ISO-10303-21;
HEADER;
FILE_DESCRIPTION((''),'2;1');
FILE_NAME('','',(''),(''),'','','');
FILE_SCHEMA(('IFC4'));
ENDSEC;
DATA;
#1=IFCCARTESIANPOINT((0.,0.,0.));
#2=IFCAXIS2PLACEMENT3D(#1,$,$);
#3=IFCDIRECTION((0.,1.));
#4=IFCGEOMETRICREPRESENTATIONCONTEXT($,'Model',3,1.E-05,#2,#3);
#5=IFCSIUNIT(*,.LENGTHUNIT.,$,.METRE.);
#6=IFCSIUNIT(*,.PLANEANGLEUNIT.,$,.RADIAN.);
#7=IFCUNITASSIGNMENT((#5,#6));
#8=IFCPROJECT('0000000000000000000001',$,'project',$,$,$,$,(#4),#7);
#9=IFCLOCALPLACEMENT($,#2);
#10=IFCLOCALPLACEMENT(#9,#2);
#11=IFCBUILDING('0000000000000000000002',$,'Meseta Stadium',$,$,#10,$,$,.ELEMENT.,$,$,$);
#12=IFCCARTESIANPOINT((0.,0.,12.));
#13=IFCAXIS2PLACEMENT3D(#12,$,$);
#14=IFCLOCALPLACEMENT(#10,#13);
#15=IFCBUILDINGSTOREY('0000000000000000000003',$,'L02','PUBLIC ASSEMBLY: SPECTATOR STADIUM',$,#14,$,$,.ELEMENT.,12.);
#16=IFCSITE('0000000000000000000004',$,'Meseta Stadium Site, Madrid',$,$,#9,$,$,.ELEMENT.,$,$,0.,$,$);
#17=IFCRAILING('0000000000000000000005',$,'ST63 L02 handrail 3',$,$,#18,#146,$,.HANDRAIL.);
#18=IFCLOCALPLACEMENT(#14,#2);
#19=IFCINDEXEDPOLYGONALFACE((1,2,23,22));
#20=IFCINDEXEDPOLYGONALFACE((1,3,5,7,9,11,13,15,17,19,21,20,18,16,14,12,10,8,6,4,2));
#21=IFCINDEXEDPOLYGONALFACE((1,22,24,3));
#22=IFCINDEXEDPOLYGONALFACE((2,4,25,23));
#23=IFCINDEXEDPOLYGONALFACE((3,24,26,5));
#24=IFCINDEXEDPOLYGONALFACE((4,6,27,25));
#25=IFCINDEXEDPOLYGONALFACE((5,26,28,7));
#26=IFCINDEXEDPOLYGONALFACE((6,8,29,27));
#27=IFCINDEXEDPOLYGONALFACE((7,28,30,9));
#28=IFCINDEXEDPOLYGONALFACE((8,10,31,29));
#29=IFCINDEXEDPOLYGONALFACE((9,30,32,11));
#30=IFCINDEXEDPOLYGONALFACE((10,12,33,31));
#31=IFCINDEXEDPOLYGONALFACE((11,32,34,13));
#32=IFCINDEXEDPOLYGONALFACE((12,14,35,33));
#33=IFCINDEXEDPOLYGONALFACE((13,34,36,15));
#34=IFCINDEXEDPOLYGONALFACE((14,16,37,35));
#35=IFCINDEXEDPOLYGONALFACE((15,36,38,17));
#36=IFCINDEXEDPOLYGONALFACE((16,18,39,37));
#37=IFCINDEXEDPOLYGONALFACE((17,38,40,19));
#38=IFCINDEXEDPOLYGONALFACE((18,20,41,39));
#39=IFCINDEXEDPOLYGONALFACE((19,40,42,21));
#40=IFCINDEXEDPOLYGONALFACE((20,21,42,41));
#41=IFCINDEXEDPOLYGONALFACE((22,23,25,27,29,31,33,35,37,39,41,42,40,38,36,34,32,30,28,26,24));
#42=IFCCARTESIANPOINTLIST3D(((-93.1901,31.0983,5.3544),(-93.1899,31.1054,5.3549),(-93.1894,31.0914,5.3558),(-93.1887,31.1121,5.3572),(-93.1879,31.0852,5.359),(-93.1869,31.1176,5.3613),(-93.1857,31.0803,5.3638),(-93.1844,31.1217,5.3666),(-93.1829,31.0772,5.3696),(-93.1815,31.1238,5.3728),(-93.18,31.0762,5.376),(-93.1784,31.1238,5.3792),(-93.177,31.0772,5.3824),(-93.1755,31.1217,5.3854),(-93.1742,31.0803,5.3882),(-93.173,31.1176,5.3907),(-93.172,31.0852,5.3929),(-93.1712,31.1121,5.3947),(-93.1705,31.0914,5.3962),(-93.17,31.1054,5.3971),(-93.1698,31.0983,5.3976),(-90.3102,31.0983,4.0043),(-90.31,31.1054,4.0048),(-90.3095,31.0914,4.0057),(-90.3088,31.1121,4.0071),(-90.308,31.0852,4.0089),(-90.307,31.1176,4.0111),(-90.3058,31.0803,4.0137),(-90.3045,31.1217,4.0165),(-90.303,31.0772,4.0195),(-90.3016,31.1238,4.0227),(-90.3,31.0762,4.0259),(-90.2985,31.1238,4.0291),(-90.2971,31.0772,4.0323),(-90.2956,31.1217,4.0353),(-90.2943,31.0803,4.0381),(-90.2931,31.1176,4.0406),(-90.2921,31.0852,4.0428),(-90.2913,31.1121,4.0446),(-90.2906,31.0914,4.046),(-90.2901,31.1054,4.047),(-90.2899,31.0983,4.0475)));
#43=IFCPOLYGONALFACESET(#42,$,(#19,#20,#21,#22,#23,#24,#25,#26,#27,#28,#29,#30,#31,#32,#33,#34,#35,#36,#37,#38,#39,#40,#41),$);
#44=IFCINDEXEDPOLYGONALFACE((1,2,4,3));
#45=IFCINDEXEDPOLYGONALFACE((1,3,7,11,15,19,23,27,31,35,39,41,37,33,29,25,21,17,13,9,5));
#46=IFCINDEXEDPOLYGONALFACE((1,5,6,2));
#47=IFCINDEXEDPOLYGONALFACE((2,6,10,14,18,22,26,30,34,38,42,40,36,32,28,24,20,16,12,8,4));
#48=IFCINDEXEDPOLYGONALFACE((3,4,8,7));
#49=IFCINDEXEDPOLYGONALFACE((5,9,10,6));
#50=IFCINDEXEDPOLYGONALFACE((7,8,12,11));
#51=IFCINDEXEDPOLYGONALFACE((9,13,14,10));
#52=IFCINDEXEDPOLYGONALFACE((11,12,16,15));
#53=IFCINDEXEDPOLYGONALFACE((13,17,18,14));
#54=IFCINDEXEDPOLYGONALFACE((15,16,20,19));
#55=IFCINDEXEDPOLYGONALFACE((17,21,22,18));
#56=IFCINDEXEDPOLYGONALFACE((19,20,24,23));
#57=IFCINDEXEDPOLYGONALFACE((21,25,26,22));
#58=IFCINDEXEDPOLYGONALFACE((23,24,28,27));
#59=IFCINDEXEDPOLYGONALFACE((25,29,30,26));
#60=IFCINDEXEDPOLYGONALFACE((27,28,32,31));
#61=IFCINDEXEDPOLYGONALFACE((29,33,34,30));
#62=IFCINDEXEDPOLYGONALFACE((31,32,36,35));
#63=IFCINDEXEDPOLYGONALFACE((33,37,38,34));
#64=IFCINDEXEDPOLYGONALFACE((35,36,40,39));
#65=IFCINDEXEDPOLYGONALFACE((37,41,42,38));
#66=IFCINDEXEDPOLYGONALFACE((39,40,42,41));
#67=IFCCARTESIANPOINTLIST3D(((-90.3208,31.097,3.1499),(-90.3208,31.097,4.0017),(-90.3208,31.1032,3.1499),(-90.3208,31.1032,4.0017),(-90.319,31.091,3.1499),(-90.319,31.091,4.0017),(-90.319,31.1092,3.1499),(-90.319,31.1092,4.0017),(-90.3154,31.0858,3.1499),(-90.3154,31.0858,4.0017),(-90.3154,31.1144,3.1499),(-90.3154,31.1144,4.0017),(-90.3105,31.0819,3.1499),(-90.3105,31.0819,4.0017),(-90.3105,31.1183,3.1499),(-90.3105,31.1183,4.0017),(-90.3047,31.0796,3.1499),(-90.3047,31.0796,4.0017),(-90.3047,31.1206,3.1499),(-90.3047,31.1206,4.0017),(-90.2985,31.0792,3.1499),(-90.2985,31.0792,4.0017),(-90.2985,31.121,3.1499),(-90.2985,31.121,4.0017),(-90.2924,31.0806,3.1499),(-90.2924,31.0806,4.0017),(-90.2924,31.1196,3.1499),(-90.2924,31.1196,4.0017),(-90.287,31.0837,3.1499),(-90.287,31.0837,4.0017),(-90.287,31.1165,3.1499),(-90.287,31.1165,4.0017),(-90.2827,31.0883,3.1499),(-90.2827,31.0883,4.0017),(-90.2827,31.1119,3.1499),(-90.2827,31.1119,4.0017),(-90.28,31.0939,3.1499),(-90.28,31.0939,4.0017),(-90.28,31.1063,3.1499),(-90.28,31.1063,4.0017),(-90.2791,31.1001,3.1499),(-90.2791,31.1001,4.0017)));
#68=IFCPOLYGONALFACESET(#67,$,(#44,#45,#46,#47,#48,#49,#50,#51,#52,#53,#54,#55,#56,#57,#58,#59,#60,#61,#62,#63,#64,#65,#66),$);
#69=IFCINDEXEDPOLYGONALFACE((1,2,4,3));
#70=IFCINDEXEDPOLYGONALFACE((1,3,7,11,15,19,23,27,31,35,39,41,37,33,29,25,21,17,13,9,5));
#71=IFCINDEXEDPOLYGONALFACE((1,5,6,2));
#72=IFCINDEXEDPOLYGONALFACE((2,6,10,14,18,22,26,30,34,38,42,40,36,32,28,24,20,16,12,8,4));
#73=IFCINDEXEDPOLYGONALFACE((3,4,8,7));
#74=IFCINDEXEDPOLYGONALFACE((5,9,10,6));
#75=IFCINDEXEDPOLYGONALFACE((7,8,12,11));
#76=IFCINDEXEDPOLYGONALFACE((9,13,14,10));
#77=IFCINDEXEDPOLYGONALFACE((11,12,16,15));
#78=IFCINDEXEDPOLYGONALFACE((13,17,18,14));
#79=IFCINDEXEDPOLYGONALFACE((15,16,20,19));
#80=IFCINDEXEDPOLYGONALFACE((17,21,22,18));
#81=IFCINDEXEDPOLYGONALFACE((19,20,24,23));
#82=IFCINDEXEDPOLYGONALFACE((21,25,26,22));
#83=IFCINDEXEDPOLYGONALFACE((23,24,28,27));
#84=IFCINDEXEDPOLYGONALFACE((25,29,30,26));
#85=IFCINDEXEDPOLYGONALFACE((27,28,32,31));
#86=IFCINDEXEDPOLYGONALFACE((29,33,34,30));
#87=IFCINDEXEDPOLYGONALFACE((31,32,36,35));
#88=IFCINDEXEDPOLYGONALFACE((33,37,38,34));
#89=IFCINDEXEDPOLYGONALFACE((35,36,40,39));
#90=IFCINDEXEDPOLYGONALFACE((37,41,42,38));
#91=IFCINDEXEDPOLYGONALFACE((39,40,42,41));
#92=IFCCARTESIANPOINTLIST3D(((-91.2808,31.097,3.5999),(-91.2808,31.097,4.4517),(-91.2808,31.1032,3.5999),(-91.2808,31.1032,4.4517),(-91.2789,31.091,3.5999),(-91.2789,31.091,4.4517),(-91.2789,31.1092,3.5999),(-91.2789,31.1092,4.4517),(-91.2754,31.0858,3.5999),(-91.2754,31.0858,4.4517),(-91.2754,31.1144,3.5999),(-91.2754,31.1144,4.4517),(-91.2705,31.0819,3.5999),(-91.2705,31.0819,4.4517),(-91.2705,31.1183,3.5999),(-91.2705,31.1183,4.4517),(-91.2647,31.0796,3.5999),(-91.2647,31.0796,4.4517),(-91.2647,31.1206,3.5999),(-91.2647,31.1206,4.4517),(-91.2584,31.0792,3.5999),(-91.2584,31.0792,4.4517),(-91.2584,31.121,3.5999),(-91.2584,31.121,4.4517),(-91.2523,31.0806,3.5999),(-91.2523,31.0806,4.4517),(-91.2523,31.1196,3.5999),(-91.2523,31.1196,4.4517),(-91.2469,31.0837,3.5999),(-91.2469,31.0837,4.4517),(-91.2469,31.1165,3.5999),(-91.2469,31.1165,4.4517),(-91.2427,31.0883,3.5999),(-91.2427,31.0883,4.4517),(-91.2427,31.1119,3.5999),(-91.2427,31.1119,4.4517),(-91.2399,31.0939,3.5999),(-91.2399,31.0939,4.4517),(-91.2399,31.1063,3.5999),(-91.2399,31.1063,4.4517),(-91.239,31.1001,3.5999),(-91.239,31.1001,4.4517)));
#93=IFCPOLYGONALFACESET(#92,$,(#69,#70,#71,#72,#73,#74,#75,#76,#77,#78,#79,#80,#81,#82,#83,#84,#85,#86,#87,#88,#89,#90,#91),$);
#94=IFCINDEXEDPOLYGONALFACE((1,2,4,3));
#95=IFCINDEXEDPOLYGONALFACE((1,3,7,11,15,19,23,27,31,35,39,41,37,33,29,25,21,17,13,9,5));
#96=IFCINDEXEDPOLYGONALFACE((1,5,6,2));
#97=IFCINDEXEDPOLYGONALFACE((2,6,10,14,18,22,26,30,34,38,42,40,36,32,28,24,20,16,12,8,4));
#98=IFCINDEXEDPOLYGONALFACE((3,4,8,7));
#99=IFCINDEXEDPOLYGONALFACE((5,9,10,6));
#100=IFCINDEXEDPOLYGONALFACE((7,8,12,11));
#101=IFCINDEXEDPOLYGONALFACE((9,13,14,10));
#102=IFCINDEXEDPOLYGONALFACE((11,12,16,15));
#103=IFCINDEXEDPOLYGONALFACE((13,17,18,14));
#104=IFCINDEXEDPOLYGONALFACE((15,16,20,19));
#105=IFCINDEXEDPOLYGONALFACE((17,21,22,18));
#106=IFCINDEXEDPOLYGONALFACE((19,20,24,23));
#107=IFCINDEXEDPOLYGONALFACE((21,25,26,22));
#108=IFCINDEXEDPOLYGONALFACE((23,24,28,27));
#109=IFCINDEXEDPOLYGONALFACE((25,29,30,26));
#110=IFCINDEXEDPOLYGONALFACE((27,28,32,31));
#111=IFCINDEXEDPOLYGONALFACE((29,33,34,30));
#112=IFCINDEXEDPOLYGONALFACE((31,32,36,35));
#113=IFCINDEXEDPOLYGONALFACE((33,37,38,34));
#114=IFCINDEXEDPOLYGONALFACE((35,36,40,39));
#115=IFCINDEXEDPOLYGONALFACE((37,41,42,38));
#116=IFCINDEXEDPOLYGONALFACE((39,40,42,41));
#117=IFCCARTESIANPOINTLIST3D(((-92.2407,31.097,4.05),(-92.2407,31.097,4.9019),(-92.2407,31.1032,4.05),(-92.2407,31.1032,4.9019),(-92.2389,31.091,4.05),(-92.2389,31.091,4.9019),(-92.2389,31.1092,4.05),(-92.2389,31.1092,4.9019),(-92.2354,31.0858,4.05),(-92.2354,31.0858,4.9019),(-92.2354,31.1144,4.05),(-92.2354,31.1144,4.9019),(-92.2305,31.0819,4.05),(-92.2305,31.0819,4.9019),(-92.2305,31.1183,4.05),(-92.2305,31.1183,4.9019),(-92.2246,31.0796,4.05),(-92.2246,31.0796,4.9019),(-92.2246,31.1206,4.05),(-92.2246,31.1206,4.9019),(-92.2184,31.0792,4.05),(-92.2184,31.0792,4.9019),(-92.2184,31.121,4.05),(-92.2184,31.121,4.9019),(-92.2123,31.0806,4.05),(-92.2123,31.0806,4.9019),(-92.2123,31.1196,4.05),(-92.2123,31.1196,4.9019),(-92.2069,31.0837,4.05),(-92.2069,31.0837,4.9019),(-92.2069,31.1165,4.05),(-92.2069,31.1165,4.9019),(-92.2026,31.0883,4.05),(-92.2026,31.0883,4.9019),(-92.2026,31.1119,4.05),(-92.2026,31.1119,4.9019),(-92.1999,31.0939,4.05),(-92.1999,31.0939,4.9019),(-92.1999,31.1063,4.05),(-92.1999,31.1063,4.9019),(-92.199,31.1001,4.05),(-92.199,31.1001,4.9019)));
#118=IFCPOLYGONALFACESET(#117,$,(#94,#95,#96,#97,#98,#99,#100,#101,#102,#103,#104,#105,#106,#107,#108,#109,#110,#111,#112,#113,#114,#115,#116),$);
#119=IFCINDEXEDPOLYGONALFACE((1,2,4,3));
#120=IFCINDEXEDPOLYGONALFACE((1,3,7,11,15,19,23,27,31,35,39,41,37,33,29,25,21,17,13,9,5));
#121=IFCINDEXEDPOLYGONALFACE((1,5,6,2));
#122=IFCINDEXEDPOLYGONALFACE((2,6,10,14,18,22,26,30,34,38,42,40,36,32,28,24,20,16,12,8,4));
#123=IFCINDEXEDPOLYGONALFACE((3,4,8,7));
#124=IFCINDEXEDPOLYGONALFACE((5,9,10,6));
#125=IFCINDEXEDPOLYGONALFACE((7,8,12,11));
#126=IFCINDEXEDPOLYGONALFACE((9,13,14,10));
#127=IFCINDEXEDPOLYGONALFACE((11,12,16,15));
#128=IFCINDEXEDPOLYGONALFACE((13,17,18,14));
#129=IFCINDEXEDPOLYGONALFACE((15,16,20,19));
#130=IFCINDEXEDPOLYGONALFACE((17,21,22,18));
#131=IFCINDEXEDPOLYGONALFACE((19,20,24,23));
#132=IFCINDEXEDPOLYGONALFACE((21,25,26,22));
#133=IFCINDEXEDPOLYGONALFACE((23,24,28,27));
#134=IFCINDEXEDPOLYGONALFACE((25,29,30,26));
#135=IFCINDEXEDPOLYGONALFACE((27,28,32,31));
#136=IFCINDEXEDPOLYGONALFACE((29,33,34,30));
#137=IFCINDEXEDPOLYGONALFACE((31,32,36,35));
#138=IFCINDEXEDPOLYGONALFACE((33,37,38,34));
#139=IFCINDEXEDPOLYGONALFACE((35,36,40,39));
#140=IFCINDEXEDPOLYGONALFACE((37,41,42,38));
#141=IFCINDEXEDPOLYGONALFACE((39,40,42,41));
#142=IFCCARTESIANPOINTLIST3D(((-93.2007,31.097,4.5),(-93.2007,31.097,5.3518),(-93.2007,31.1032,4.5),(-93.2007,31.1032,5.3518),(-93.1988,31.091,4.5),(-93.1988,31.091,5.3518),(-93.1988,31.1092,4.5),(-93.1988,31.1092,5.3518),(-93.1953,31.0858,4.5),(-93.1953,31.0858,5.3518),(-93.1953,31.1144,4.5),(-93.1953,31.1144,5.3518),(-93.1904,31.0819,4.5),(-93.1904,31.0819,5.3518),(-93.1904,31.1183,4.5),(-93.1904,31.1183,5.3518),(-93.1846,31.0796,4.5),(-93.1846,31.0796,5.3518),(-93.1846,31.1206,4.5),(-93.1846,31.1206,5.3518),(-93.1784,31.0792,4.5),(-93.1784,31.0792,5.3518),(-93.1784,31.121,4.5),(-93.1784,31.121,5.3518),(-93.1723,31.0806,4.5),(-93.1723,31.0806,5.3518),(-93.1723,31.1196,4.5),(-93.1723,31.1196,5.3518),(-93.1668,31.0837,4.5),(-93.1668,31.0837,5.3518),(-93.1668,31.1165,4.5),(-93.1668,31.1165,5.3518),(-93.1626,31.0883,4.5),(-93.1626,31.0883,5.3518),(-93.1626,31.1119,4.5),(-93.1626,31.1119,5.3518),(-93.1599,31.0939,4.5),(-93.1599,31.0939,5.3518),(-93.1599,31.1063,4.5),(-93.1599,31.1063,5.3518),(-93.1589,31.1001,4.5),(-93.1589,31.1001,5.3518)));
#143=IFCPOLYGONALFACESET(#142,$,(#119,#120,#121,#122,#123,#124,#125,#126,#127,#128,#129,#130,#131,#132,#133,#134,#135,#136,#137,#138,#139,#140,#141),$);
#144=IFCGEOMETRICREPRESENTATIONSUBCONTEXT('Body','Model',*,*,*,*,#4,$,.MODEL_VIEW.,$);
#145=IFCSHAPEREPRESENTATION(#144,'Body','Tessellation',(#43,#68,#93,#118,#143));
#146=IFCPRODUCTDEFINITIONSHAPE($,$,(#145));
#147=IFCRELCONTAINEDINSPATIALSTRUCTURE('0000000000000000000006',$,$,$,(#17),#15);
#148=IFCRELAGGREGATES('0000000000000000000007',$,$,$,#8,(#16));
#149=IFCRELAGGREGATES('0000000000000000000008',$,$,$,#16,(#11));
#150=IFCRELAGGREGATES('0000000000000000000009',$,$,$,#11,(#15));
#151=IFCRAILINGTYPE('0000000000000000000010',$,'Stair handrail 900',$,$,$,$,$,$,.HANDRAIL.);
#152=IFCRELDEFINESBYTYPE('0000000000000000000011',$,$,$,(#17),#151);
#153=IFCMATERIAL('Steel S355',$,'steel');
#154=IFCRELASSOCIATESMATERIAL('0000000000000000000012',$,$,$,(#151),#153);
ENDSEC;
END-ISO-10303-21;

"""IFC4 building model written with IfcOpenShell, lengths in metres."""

from ifc_helpers import new_model, si_unit, direction, frame, origin, origin_2d, place, context, subcontext, project, spatial, circle, extrude, material, type_object, element, save


model = new_model("IFC4")

# Units and contexts
model_context = context("Model", 3, precision=1e-05, world=origin(), true_north=direction((0.0, 1.0)))
body_context = subcontext(model_context, "Body", "Model", "MODEL_VIEW")
ifc_project = project(units=[si_unit("LENGTHUNIT", "METRE"), si_unit("PLANEANGLEUNIT", "RADIAN")], contexts=[model_context])

# Site, building, storey
site_placement = place(None, origin())
site = spatial("IfcSite", under=ifc_project, at=site_placement, Name="Meseta Stadium Site, Madrid", CompositionType="ELEMENT", RefElevation=0.0)
building_placement = place(site_placement, origin())
building = spatial("IfcBuilding", under=site, at=building_placement, Name="Meseta Stadium", CompositionType="ELEMENT")
storey_placement = place(building_placement, frame((0.0, 0.0, 12.0)))
storey = spatial("IfcBuildingStorey", under=building, at=storey_placement, Name="L02", Description="PUBLIC ASSEMBLY: SPECTATOR STADIUM", CompositionType="ELEMENT", Elevation=12.0)

# Railing
ifc_material_1 = material(Name="Steel S355", Category="steel")
railing_type_1 = type_object("IfcRailingType", Name="Stair handrail 900", PredefinedType="HANDRAIL", material=ifc_material_1)
for number, where, name in (
    (1, (-90.3, 31.1001, 3.1499), "ST63 L02 handrail 3"),
):
    element("IfcRailing", number, at=place(storey_placement, frame(where)), inside=storey, type_object=railing_type_1, Name=name, PredefinedType="HANDRAIL", context=body_context, shape_type="SweptSolid", body=[
        extrude(circle(Radius=0.0239, at=origin_2d()), frame((0.0, 0.0, 0.876), z_axis=(-0.90544, 0.0, 0.424473), x_axis=(0.0, -1.0, 0.0)), (0.0, 0.0, 1.0), 3.1807),
        extrude(circle(Radius=0.021, at=origin_2d()), origin(), (0.0, 0.0, 1.0), 0.8518),
        extrude(circle(Radius=0.021, at=origin_2d()), frame((-0.96, 0.0, 0.45)), (0.0, 0.0, 1.0), 0.8518),
        extrude(circle(Radius=0.021, at=origin_2d()), frame((-1.9199, 0.0, 0.9001)), (0.0, 0.0, 1.0), 0.8518),
        extrude(circle(Radius=0.021, at=origin_2d()), frame((-2.8799, 0.0, 1.3501)), (0.0, 0.0, 1.0), 0.8518),
    ])

save(model, "model.ifc")
